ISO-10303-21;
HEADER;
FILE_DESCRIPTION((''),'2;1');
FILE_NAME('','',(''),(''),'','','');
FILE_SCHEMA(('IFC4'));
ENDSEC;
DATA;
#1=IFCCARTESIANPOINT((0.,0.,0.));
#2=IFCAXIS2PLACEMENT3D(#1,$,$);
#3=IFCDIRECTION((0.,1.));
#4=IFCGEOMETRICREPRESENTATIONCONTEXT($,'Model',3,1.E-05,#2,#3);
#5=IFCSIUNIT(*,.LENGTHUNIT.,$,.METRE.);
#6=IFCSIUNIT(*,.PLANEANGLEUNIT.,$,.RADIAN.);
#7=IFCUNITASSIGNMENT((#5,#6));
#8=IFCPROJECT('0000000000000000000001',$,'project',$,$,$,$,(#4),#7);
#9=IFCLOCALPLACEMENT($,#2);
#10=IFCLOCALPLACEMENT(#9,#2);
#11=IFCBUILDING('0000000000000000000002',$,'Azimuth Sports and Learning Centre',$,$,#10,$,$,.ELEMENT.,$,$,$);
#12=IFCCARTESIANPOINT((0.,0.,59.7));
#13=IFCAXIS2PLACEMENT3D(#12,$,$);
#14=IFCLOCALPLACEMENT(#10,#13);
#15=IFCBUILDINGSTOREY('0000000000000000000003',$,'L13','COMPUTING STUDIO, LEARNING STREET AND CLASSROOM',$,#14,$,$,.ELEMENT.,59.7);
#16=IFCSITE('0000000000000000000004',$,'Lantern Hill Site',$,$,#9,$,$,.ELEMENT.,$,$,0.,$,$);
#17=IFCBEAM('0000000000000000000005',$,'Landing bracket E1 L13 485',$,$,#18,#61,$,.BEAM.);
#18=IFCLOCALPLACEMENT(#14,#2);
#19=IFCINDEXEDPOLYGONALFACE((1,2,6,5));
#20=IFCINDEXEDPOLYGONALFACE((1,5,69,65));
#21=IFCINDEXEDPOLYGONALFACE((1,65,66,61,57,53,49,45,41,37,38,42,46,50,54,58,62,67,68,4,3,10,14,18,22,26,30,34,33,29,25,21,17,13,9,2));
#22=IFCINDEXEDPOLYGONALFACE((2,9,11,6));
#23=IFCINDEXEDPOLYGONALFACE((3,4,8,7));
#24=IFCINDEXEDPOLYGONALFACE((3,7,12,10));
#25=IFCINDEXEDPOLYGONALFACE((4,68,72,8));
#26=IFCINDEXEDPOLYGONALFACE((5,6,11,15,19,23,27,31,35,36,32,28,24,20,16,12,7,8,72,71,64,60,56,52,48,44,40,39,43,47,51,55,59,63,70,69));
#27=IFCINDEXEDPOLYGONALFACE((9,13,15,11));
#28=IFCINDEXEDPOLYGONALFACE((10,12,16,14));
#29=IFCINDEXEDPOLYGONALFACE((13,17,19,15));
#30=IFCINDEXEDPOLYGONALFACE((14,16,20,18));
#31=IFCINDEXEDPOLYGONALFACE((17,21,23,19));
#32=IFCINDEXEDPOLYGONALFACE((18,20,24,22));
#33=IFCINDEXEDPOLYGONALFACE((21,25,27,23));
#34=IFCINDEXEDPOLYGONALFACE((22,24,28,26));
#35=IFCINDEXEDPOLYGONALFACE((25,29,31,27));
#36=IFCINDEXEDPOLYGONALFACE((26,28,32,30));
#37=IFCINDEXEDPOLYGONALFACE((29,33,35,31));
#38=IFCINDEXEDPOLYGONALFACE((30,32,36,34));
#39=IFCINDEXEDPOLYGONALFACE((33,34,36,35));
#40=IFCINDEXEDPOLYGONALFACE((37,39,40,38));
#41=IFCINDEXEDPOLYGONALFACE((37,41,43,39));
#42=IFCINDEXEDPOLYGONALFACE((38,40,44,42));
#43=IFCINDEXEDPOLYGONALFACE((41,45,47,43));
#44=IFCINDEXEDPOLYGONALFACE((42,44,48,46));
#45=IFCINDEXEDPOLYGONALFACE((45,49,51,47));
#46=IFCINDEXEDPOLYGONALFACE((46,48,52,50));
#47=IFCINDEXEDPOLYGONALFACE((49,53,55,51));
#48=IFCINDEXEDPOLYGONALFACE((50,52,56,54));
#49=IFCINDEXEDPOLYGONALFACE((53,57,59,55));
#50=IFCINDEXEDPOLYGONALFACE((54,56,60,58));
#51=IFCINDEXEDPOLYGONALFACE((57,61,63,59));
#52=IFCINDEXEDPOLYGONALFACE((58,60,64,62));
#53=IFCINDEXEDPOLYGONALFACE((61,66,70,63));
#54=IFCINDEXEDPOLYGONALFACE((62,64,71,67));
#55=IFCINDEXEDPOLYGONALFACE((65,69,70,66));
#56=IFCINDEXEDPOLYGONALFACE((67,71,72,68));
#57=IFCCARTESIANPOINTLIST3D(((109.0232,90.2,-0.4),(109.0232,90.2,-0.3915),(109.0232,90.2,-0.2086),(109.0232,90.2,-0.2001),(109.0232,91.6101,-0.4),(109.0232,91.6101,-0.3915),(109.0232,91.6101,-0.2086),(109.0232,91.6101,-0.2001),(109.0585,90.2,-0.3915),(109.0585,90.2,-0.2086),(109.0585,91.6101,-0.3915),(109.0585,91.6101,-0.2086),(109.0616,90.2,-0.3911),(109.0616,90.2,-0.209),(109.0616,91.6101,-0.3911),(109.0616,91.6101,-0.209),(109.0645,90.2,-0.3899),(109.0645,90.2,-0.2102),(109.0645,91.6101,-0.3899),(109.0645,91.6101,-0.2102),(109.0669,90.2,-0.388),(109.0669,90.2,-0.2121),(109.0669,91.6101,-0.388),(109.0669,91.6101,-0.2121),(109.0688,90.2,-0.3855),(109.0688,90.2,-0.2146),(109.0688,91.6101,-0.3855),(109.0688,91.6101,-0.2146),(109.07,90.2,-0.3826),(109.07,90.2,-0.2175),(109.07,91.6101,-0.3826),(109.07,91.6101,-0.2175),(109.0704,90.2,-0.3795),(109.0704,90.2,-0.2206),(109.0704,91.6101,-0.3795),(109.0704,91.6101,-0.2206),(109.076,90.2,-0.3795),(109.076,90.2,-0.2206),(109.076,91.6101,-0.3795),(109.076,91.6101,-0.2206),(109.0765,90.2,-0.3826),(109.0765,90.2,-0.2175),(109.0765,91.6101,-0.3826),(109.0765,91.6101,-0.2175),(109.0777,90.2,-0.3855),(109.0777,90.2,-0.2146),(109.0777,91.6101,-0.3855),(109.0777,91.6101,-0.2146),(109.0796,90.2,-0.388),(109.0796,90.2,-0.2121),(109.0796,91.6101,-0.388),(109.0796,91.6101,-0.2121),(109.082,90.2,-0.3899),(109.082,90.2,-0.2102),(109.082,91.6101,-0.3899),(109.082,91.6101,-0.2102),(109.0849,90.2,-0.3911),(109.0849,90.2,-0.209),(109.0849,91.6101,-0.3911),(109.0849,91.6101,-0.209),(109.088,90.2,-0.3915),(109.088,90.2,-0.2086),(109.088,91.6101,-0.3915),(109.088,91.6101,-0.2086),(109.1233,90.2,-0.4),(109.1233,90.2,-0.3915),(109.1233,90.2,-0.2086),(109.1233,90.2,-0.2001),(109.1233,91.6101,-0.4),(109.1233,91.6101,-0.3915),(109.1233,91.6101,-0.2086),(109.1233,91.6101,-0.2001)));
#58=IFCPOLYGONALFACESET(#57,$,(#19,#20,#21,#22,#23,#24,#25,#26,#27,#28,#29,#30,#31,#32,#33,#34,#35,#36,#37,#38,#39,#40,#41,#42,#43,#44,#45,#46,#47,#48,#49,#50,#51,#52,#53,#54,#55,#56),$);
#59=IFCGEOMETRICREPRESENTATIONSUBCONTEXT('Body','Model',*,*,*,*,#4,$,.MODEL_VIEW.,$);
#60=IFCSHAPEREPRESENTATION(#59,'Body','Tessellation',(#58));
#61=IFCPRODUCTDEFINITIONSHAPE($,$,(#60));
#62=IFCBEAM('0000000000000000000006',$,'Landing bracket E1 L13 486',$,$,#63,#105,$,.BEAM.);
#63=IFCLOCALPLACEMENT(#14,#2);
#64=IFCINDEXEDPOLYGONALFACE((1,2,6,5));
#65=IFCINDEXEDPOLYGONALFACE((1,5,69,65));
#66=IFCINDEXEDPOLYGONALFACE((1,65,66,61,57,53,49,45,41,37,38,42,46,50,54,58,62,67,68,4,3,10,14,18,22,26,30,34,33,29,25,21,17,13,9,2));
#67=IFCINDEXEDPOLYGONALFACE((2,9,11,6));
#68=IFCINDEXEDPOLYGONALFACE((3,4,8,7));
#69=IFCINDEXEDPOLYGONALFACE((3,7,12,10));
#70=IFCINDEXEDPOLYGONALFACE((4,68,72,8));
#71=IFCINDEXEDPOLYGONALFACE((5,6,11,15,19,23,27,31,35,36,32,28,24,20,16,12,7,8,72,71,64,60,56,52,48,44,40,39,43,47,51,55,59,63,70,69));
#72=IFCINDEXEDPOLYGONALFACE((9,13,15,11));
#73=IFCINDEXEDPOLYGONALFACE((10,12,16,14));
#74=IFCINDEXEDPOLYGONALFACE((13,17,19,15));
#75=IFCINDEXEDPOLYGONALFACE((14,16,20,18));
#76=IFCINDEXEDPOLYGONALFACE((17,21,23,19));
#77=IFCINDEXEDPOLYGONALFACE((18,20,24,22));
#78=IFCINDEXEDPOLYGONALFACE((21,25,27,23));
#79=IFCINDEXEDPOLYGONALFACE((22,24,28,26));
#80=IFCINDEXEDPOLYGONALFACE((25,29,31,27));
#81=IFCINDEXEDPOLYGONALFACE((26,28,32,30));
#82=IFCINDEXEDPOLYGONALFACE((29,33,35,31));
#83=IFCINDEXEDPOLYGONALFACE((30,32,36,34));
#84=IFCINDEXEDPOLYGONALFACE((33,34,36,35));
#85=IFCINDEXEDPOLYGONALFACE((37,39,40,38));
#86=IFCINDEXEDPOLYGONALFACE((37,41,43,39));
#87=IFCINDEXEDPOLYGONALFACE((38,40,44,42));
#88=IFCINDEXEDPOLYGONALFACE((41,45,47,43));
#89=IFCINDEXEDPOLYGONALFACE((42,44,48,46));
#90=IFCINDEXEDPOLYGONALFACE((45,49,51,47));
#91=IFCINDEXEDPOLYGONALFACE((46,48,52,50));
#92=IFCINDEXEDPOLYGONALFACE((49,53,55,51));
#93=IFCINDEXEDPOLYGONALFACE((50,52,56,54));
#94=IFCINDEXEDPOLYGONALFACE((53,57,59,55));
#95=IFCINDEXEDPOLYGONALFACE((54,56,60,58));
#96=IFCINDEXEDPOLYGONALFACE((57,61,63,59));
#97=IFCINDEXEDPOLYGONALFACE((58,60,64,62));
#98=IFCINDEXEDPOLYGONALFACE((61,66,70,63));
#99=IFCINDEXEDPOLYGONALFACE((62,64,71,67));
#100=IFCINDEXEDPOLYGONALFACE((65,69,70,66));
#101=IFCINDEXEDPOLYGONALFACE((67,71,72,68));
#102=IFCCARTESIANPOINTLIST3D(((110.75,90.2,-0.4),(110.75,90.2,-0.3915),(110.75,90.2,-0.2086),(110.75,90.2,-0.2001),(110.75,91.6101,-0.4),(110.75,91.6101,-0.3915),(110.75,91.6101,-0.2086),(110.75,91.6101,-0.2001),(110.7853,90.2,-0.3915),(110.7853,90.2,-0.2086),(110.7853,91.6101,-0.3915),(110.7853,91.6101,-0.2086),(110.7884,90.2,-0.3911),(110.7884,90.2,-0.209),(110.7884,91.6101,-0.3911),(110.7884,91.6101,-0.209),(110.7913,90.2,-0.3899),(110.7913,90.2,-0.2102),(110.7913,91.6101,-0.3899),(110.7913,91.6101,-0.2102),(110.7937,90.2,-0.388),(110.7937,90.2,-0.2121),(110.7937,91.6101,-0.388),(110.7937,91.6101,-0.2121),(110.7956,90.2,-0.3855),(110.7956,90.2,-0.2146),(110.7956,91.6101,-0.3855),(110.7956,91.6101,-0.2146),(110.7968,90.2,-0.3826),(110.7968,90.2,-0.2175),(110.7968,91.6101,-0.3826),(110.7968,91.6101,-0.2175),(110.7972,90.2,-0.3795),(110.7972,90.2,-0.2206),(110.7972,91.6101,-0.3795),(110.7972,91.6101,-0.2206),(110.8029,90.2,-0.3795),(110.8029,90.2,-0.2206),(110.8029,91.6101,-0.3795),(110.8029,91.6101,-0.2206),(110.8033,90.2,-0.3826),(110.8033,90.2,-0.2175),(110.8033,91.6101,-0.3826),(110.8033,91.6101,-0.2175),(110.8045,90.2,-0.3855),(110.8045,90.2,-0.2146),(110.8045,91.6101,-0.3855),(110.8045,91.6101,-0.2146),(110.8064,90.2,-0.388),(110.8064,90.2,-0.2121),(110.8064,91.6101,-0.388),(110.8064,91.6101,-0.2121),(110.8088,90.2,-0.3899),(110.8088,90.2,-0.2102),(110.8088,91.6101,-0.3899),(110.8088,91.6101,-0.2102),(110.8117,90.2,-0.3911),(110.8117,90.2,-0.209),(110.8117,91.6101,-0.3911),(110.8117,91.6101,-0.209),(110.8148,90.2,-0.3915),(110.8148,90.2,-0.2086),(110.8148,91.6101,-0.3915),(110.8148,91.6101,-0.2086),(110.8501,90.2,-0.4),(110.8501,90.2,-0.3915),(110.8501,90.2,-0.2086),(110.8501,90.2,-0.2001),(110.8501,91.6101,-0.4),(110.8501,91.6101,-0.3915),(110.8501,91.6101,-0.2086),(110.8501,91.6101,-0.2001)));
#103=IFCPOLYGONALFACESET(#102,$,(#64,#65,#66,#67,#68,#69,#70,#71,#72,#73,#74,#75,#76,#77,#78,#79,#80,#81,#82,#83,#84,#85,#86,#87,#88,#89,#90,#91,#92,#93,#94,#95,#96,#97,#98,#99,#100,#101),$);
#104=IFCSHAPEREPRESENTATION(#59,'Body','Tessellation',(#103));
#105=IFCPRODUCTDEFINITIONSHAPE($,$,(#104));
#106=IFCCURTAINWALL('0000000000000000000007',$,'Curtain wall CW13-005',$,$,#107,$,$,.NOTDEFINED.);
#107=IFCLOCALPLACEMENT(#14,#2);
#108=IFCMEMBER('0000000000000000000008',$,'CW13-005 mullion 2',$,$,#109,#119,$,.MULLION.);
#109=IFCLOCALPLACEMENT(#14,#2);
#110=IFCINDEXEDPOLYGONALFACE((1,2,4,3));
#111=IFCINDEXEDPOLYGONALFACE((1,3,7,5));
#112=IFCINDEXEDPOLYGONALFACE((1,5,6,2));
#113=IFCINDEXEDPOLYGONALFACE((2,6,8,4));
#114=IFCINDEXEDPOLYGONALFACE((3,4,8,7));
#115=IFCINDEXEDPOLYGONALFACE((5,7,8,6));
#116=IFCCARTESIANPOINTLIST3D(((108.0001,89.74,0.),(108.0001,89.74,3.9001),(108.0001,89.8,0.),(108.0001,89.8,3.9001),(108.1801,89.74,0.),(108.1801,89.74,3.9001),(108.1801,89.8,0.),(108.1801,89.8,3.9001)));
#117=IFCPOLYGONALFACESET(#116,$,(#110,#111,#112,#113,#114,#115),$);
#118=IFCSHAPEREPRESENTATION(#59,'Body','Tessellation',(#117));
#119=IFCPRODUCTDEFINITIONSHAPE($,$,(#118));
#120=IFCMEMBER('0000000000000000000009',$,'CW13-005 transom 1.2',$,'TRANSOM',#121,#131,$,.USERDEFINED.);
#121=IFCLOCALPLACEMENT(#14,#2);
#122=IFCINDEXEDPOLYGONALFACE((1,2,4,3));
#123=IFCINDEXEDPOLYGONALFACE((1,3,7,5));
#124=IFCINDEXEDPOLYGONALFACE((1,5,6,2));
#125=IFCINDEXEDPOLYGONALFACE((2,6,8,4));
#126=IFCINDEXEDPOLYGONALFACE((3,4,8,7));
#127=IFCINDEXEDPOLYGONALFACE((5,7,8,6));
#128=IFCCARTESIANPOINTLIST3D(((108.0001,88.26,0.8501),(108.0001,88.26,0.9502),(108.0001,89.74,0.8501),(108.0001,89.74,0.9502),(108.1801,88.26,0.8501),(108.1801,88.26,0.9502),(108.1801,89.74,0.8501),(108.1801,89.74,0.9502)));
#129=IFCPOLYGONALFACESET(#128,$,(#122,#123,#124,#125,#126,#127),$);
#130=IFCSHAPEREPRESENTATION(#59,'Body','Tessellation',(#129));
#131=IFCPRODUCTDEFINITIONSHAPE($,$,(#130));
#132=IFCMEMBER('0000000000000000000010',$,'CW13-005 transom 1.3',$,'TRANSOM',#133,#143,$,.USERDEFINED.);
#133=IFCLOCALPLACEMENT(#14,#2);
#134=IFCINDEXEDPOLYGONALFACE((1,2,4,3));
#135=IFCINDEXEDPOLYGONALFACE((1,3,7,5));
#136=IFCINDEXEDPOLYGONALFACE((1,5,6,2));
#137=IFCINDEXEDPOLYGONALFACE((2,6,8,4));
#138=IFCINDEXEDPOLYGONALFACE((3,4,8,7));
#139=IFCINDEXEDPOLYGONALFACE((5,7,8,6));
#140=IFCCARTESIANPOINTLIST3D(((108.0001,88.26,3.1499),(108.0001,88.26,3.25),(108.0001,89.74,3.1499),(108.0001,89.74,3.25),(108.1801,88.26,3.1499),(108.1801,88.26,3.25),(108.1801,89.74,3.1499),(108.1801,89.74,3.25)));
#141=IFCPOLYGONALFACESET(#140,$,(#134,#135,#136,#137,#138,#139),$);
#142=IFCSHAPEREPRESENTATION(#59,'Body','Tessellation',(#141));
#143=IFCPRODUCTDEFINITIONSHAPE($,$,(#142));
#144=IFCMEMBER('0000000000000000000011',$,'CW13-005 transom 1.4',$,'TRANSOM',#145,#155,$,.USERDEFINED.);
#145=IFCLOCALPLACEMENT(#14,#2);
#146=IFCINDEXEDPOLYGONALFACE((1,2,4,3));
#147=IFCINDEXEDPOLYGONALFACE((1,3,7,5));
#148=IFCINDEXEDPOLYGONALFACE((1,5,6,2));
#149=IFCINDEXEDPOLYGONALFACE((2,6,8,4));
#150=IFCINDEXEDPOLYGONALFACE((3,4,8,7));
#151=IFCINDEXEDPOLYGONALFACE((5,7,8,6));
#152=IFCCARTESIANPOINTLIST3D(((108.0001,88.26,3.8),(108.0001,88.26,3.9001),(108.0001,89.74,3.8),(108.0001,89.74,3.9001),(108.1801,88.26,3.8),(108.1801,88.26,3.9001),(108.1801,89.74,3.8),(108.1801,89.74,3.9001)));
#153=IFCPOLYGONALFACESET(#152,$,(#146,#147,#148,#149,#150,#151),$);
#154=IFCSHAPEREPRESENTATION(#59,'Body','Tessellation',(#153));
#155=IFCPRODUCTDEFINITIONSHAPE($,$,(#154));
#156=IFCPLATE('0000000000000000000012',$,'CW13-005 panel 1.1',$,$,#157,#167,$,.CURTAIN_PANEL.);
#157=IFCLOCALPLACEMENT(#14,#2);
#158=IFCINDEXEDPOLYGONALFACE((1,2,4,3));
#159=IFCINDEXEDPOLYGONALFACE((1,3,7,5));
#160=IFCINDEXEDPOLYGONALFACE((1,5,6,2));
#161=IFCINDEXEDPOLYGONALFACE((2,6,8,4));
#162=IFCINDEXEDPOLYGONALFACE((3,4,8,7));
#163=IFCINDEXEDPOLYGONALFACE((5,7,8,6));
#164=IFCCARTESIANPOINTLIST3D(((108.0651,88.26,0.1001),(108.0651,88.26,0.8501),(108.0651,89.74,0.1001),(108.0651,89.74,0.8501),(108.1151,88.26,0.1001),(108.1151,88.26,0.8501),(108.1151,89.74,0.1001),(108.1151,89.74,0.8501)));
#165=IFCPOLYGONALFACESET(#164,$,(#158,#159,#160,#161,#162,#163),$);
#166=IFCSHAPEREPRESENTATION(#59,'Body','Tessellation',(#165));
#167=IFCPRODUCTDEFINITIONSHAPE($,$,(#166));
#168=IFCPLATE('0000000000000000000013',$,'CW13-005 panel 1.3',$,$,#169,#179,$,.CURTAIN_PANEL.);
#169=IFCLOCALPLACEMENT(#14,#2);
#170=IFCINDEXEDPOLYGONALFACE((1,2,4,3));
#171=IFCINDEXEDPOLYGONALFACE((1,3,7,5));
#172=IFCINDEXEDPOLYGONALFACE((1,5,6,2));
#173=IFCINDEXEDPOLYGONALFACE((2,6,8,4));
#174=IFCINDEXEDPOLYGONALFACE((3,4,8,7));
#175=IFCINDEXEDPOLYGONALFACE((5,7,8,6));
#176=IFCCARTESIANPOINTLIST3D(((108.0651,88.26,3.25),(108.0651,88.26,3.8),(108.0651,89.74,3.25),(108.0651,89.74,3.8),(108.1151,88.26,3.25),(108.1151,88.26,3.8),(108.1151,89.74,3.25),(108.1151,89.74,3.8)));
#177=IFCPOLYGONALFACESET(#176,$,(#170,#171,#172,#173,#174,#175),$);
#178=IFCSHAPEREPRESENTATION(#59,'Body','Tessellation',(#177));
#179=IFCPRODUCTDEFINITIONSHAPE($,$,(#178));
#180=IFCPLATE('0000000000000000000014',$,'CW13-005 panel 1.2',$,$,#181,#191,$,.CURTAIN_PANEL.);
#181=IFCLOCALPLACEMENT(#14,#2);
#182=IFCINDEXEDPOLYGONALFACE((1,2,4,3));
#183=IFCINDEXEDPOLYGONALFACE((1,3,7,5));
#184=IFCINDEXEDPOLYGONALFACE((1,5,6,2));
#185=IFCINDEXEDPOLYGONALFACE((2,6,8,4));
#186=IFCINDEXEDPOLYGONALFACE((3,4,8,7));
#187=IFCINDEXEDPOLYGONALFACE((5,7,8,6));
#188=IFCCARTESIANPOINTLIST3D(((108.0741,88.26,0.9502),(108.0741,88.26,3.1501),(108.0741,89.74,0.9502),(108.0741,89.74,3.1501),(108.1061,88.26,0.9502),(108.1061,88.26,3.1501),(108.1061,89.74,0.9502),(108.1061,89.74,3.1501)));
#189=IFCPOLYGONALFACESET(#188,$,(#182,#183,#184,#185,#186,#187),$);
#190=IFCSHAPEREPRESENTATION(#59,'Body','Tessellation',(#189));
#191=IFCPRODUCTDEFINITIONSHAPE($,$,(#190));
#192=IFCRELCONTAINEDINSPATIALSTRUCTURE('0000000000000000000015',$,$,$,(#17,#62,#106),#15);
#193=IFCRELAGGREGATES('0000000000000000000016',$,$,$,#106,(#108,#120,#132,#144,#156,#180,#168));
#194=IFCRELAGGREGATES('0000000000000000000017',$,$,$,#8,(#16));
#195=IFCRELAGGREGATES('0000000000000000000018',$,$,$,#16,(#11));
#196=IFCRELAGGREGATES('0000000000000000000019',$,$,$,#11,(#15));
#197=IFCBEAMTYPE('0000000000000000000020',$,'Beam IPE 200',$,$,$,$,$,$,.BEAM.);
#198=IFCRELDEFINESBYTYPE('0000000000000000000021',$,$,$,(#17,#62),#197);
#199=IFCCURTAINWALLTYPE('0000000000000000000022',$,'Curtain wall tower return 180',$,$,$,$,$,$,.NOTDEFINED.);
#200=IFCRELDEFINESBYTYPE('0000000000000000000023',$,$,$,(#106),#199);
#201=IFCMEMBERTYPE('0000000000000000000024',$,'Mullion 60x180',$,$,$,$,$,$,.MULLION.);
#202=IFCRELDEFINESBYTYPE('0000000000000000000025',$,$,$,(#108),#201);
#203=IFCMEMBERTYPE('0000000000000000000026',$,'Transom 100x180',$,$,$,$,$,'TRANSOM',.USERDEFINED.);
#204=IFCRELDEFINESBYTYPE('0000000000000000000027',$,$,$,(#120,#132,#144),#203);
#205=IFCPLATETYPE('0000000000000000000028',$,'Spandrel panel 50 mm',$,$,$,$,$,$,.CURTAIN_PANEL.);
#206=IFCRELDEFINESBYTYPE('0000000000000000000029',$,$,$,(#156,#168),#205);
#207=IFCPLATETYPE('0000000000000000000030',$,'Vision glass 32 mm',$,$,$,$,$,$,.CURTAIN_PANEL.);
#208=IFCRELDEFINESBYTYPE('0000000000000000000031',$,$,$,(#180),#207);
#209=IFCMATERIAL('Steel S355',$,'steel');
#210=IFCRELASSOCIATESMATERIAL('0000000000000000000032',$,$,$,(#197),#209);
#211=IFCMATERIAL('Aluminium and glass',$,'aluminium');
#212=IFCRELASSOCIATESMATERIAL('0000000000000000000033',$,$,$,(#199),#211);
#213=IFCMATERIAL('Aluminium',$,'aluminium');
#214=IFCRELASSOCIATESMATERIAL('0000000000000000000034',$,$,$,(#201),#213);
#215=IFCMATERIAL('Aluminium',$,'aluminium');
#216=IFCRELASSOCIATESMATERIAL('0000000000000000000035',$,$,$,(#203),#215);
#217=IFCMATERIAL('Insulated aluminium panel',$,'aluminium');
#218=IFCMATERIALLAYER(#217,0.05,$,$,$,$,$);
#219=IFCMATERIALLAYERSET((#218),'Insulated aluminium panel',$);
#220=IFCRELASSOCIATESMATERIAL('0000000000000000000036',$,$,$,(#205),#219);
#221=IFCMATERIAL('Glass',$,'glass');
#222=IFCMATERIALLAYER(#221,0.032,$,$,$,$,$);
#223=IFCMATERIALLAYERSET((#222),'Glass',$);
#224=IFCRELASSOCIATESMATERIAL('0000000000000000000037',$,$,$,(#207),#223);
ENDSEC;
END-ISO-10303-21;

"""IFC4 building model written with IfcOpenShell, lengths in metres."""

from ifc_helpers import new_model, si_unit, direction, frame, origin, origin_2d, place, context, subcontext, project, spatial, rectangle, i_section, extrude, material, layer, layer_set, material_profile, profile_set, type_object, element, aggregate, save


model = new_model("IFC4")

# Units and contexts
model_context = context("Model", 3, precision=1e-05, world=origin(), true_north=direction((0.0, 1.0)))
body_context = subcontext(model_context, "Body", "Model", "MODEL_VIEW")
ifc_project = project(units=[si_unit("LENGTHUNIT", "METRE"), si_unit("PLANEANGLEUNIT", "RADIAN")], contexts=[model_context])

# Site, building, storey
site_placement = place(None, origin())
site = spatial("IfcSite", under=ifc_project, at=site_placement, Name="Lantern Hill Site", CompositionType="ELEMENT", RefElevation=0.0)
building_placement = place(site_placement, origin())
building = spatial("IfcBuilding", under=site, at=building_placement, Name="Azimuth Sports and Learning Centre", CompositionType="ELEMENT")
storey_placement = place(building_placement, frame((0.0, 0.0, 59.7)))
storey = spatial("IfcBuildingStorey", under=building, at=storey_placement, Name="L13", Description="COMPUTING STUDIO, LEARNING STREET AND CLASSROOM", CompositionType="ELEMENT", Elevation=59.7)

# Beams
ifc_material_1 = material(Name="Steel S355", Category="steel")
ifc_material_profile_1 = material_profile(ifc_material_1, i_section(OverallWidth=0.1001, OverallDepth=0.2, WebThickness=0.0056, FlangeThickness=0.0085, FilletRadius=0.012, at=origin_2d()), Name="IPE 200")
ifc_profile_set_1 = profile_set([ifc_material_profile_1], Name="Steel S355")
beam_type = type_object("IfcBeamType", Name="Beam IPE 200", PredefinedType="BEAM", material=ifc_profile_set_1)
for number, where, z_axis, x_axis, name in (
    (1, (109.0732, 90.2, -0.3), (0.0, 1.0, 0.0), (-1.0, 0.0, 0.0), "Landing bracket E1 L13 485"),
    (2, (110.8, 90.2, -0.3), (0.0, 1.0, 0.0), (-1.0, 0.0, 0.0), "Landing bracket E1 L13 486"),
):
    element("IfcBeam", number, at=place(storey_placement, frame(where, z_axis=z_axis, x_axis=x_axis)), inside=storey, type_object=beam_type, Name=name, PredefinedType="BEAM", context=body_context, shape_type="SweptSolid", body=[
        extrude(i_section(OverallWidth=0.1001, OverallDepth=0.2, WebThickness=0.0056, FlangeThickness=0.0085, FilletRadius=0.012, at=origin_2d()), origin(), (0.0, 0.0, 1.0), 1.4102),
    ])

# Curtain wall, members, plates
ifc_material_2 = material(Name="Aluminium and glass", Category="aluminium")
curtain_wall_type = type_object("IfcCurtainWallType", Name="Curtain wall tower return 180", PredefinedType="NOTDEFINED", material=ifc_material_2)
curtain_wall_placement = place(storey_placement, origin())
curtain_wall = element("IfcCurtainWall", 3, at=curtain_wall_placement, inside=storey, type_object=curtain_wall_type, Name="Curtain wall CW13-005", PredefinedType="NOTDEFINED")
ifc_material_3 = material(Name="Aluminium", Category="aluminium")
ifc_material_profile_2 = material_profile(ifc_material_3, rectangle(XDim=0.1799, YDim=0.0601, at=origin_2d()), Name="Mullion 60x180")
ifc_profile_set_2 = profile_set([ifc_material_profile_2], Name="Aluminium")
member_type_1 = type_object("IfcMemberType", Name="Mullion 60x180", PredefinedType="MULLION", material=ifc_profile_set_2)
member_1_placement = place(storey_placement, frame((108.0901, 89.77, 0.0), z_axis=(0.0, 0.0, 1.0), x_axis=(-1.0, 0.0, 0.0)))
member_1 = element("IfcMember", 4, at=member_1_placement, type_object=member_type_1, Name="CW13-005 mullion 2", PredefinedType="MULLION", context=body_context, shape_type="SweptSolid", body=[
    extrude(rectangle(XDim=0.1799, YDim=0.0601, at=origin_2d()), origin(), (0.0, 0.0, 1.0), 3.9001),
])
ifc_material_4 = material(Name="Aluminium", Category="aluminium")
ifc_material_profile_3 = material_profile(ifc_material_4, rectangle(XDim=0.1799, YDim=0.1001, at=origin_2d()), Name="Transom 100x180")
ifc_profile_set_3 = profile_set([ifc_material_profile_3], Name="Aluminium")
member_type_2 = type_object("IfcMemberType", Name="Transom 100x180", ElementType="TRANSOM", PredefinedType="USERDEFINED", material=ifc_profile_set_3)
member_2_placement = place(storey_placement, frame((108.0901, 88.26, 0.9001), z_axis=(0.0, 1.0, 0.0), x_axis=(-1.0, 0.0, 0.0)))
member_2 = element("IfcMember", 5, at=member_2_placement, type_object=member_type_2, Name="CW13-005 transom 1.2", ObjectType="TRANSOM", PredefinedType="USERDEFINED", context=body_context, shape_type="SweptSolid", body=[
    extrude(rectangle(XDim=0.1799, YDim=0.1001, at=origin_2d()), origin(), (0.0, 0.0, 1.0), 1.48),
])
member_3_placement = place(storey_placement, frame((108.0901, 88.26, 3.2), z_axis=(0.0, 1.0, 0.0), x_axis=(-1.0, 0.0, 0.0)))
member_3 = element("IfcMember", 6, at=member_3_placement, type_object=member_type_2, Name="CW13-005 transom 1.3", ObjectType="TRANSOM", PredefinedType="USERDEFINED", context=body_context, shape_type="SweptSolid", body=[
    extrude(rectangle(XDim=0.1799, YDim=0.1001, at=origin_2d()), origin(), (0.0, 0.0, 1.0), 1.48),
])
member_4_placement = place(storey_placement, frame((108.0901, 88.26, 3.8501), z_axis=(0.0, 1.0, 0.0), x_axis=(-1.0, 0.0, 0.0)))
member_4 = element("IfcMember", 7, at=member_4_placement, type_object=member_type_2, Name="CW13-005 transom 1.4", ObjectType="TRANSOM", PredefinedType="USERDEFINED", context=body_context, shape_type="SweptSolid", body=[
    extrude(rectangle(XDim=0.1799, YDim=0.1001, at=origin_2d()), origin(), (0.0, 0.0, 1.0), 1.48),
])
ifc_material_5 = material(Name="Insulated aluminium panel", Category="aluminium")
ifc_layer_1 = layer(ifc_material_5, 0.05)
ifc_layer_set_1 = layer_set([ifc_layer_1], Name="Insulated aluminium panel")
plate_type_1 = type_object("IfcPlateType", Name="Spandrel panel 50 mm", PredefinedType="CURTAIN_PANEL", material=ifc_layer_set_1)
plate_1_placement = place(storey_placement, frame((108.0901, 89.0, 0.1001), z_axis=(0.0, 0.0, 1.0), x_axis=(0.0, 1.0, 0.0)))
plate_1 = element("IfcPlate", 8, at=plate_1_placement, type_object=plate_type_1, Name="CW13-005 panel 1.1", PredefinedType="CURTAIN_PANEL", context=body_context, shape_type="SweptSolid", body=[
    extrude(rectangle(XDim=1.48, YDim=0.05, at=origin_2d()), origin(), (0.0, 0.0, 1.0), 0.75),
])
plate_2_placement = place(storey_placement, frame((108.0901, 89.0, 3.25), z_axis=(0.0, 0.0, 1.0), x_axis=(0.0, 1.0, 0.0)))
plate_2 = element("IfcPlate", 9, at=plate_2_placement, type_object=plate_type_1, Name="CW13-005 panel 1.3", PredefinedType="CURTAIN_PANEL", context=body_context, shape_type="SweptSolid", body=[
    extrude(rectangle(XDim=1.48, YDim=0.05, at=origin_2d()), origin(), (0.0, 0.0, 1.0), 0.55),
])
ifc_material_6 = material(Name="Glass", Category="glass")
ifc_layer_2 = layer(ifc_material_6, 0.032)
ifc_layer_set_2 = layer_set([ifc_layer_2], Name="Glass")
plate_type_2 = type_object("IfcPlateType", Name="Vision glass 32 mm", PredefinedType="CURTAIN_PANEL", material=ifc_layer_set_2)
plate_3_placement = place(storey_placement, frame((108.0901, 89.0, 0.9502), z_axis=(0.0, 0.0, 1.0), x_axis=(0.0, 1.0, 0.0)))
plate_3 = element("IfcPlate", 10, at=plate_3_placement, type_object=plate_type_2, Name="CW13-005 panel 1.2", PredefinedType="CURTAIN_PANEL", context=body_context, shape_type="SweptSolid", body=[
    extrude(rectangle(XDim=1.48, YDim=0.032, at=origin_2d()), origin(), (0.0, 0.0, 1.0), 2.2),
])
aggregate(curtain_wall, [member_1, member_2, member_3, member_4, plate_1, plate_3, plate_2])

save(model, "model.ifc")
